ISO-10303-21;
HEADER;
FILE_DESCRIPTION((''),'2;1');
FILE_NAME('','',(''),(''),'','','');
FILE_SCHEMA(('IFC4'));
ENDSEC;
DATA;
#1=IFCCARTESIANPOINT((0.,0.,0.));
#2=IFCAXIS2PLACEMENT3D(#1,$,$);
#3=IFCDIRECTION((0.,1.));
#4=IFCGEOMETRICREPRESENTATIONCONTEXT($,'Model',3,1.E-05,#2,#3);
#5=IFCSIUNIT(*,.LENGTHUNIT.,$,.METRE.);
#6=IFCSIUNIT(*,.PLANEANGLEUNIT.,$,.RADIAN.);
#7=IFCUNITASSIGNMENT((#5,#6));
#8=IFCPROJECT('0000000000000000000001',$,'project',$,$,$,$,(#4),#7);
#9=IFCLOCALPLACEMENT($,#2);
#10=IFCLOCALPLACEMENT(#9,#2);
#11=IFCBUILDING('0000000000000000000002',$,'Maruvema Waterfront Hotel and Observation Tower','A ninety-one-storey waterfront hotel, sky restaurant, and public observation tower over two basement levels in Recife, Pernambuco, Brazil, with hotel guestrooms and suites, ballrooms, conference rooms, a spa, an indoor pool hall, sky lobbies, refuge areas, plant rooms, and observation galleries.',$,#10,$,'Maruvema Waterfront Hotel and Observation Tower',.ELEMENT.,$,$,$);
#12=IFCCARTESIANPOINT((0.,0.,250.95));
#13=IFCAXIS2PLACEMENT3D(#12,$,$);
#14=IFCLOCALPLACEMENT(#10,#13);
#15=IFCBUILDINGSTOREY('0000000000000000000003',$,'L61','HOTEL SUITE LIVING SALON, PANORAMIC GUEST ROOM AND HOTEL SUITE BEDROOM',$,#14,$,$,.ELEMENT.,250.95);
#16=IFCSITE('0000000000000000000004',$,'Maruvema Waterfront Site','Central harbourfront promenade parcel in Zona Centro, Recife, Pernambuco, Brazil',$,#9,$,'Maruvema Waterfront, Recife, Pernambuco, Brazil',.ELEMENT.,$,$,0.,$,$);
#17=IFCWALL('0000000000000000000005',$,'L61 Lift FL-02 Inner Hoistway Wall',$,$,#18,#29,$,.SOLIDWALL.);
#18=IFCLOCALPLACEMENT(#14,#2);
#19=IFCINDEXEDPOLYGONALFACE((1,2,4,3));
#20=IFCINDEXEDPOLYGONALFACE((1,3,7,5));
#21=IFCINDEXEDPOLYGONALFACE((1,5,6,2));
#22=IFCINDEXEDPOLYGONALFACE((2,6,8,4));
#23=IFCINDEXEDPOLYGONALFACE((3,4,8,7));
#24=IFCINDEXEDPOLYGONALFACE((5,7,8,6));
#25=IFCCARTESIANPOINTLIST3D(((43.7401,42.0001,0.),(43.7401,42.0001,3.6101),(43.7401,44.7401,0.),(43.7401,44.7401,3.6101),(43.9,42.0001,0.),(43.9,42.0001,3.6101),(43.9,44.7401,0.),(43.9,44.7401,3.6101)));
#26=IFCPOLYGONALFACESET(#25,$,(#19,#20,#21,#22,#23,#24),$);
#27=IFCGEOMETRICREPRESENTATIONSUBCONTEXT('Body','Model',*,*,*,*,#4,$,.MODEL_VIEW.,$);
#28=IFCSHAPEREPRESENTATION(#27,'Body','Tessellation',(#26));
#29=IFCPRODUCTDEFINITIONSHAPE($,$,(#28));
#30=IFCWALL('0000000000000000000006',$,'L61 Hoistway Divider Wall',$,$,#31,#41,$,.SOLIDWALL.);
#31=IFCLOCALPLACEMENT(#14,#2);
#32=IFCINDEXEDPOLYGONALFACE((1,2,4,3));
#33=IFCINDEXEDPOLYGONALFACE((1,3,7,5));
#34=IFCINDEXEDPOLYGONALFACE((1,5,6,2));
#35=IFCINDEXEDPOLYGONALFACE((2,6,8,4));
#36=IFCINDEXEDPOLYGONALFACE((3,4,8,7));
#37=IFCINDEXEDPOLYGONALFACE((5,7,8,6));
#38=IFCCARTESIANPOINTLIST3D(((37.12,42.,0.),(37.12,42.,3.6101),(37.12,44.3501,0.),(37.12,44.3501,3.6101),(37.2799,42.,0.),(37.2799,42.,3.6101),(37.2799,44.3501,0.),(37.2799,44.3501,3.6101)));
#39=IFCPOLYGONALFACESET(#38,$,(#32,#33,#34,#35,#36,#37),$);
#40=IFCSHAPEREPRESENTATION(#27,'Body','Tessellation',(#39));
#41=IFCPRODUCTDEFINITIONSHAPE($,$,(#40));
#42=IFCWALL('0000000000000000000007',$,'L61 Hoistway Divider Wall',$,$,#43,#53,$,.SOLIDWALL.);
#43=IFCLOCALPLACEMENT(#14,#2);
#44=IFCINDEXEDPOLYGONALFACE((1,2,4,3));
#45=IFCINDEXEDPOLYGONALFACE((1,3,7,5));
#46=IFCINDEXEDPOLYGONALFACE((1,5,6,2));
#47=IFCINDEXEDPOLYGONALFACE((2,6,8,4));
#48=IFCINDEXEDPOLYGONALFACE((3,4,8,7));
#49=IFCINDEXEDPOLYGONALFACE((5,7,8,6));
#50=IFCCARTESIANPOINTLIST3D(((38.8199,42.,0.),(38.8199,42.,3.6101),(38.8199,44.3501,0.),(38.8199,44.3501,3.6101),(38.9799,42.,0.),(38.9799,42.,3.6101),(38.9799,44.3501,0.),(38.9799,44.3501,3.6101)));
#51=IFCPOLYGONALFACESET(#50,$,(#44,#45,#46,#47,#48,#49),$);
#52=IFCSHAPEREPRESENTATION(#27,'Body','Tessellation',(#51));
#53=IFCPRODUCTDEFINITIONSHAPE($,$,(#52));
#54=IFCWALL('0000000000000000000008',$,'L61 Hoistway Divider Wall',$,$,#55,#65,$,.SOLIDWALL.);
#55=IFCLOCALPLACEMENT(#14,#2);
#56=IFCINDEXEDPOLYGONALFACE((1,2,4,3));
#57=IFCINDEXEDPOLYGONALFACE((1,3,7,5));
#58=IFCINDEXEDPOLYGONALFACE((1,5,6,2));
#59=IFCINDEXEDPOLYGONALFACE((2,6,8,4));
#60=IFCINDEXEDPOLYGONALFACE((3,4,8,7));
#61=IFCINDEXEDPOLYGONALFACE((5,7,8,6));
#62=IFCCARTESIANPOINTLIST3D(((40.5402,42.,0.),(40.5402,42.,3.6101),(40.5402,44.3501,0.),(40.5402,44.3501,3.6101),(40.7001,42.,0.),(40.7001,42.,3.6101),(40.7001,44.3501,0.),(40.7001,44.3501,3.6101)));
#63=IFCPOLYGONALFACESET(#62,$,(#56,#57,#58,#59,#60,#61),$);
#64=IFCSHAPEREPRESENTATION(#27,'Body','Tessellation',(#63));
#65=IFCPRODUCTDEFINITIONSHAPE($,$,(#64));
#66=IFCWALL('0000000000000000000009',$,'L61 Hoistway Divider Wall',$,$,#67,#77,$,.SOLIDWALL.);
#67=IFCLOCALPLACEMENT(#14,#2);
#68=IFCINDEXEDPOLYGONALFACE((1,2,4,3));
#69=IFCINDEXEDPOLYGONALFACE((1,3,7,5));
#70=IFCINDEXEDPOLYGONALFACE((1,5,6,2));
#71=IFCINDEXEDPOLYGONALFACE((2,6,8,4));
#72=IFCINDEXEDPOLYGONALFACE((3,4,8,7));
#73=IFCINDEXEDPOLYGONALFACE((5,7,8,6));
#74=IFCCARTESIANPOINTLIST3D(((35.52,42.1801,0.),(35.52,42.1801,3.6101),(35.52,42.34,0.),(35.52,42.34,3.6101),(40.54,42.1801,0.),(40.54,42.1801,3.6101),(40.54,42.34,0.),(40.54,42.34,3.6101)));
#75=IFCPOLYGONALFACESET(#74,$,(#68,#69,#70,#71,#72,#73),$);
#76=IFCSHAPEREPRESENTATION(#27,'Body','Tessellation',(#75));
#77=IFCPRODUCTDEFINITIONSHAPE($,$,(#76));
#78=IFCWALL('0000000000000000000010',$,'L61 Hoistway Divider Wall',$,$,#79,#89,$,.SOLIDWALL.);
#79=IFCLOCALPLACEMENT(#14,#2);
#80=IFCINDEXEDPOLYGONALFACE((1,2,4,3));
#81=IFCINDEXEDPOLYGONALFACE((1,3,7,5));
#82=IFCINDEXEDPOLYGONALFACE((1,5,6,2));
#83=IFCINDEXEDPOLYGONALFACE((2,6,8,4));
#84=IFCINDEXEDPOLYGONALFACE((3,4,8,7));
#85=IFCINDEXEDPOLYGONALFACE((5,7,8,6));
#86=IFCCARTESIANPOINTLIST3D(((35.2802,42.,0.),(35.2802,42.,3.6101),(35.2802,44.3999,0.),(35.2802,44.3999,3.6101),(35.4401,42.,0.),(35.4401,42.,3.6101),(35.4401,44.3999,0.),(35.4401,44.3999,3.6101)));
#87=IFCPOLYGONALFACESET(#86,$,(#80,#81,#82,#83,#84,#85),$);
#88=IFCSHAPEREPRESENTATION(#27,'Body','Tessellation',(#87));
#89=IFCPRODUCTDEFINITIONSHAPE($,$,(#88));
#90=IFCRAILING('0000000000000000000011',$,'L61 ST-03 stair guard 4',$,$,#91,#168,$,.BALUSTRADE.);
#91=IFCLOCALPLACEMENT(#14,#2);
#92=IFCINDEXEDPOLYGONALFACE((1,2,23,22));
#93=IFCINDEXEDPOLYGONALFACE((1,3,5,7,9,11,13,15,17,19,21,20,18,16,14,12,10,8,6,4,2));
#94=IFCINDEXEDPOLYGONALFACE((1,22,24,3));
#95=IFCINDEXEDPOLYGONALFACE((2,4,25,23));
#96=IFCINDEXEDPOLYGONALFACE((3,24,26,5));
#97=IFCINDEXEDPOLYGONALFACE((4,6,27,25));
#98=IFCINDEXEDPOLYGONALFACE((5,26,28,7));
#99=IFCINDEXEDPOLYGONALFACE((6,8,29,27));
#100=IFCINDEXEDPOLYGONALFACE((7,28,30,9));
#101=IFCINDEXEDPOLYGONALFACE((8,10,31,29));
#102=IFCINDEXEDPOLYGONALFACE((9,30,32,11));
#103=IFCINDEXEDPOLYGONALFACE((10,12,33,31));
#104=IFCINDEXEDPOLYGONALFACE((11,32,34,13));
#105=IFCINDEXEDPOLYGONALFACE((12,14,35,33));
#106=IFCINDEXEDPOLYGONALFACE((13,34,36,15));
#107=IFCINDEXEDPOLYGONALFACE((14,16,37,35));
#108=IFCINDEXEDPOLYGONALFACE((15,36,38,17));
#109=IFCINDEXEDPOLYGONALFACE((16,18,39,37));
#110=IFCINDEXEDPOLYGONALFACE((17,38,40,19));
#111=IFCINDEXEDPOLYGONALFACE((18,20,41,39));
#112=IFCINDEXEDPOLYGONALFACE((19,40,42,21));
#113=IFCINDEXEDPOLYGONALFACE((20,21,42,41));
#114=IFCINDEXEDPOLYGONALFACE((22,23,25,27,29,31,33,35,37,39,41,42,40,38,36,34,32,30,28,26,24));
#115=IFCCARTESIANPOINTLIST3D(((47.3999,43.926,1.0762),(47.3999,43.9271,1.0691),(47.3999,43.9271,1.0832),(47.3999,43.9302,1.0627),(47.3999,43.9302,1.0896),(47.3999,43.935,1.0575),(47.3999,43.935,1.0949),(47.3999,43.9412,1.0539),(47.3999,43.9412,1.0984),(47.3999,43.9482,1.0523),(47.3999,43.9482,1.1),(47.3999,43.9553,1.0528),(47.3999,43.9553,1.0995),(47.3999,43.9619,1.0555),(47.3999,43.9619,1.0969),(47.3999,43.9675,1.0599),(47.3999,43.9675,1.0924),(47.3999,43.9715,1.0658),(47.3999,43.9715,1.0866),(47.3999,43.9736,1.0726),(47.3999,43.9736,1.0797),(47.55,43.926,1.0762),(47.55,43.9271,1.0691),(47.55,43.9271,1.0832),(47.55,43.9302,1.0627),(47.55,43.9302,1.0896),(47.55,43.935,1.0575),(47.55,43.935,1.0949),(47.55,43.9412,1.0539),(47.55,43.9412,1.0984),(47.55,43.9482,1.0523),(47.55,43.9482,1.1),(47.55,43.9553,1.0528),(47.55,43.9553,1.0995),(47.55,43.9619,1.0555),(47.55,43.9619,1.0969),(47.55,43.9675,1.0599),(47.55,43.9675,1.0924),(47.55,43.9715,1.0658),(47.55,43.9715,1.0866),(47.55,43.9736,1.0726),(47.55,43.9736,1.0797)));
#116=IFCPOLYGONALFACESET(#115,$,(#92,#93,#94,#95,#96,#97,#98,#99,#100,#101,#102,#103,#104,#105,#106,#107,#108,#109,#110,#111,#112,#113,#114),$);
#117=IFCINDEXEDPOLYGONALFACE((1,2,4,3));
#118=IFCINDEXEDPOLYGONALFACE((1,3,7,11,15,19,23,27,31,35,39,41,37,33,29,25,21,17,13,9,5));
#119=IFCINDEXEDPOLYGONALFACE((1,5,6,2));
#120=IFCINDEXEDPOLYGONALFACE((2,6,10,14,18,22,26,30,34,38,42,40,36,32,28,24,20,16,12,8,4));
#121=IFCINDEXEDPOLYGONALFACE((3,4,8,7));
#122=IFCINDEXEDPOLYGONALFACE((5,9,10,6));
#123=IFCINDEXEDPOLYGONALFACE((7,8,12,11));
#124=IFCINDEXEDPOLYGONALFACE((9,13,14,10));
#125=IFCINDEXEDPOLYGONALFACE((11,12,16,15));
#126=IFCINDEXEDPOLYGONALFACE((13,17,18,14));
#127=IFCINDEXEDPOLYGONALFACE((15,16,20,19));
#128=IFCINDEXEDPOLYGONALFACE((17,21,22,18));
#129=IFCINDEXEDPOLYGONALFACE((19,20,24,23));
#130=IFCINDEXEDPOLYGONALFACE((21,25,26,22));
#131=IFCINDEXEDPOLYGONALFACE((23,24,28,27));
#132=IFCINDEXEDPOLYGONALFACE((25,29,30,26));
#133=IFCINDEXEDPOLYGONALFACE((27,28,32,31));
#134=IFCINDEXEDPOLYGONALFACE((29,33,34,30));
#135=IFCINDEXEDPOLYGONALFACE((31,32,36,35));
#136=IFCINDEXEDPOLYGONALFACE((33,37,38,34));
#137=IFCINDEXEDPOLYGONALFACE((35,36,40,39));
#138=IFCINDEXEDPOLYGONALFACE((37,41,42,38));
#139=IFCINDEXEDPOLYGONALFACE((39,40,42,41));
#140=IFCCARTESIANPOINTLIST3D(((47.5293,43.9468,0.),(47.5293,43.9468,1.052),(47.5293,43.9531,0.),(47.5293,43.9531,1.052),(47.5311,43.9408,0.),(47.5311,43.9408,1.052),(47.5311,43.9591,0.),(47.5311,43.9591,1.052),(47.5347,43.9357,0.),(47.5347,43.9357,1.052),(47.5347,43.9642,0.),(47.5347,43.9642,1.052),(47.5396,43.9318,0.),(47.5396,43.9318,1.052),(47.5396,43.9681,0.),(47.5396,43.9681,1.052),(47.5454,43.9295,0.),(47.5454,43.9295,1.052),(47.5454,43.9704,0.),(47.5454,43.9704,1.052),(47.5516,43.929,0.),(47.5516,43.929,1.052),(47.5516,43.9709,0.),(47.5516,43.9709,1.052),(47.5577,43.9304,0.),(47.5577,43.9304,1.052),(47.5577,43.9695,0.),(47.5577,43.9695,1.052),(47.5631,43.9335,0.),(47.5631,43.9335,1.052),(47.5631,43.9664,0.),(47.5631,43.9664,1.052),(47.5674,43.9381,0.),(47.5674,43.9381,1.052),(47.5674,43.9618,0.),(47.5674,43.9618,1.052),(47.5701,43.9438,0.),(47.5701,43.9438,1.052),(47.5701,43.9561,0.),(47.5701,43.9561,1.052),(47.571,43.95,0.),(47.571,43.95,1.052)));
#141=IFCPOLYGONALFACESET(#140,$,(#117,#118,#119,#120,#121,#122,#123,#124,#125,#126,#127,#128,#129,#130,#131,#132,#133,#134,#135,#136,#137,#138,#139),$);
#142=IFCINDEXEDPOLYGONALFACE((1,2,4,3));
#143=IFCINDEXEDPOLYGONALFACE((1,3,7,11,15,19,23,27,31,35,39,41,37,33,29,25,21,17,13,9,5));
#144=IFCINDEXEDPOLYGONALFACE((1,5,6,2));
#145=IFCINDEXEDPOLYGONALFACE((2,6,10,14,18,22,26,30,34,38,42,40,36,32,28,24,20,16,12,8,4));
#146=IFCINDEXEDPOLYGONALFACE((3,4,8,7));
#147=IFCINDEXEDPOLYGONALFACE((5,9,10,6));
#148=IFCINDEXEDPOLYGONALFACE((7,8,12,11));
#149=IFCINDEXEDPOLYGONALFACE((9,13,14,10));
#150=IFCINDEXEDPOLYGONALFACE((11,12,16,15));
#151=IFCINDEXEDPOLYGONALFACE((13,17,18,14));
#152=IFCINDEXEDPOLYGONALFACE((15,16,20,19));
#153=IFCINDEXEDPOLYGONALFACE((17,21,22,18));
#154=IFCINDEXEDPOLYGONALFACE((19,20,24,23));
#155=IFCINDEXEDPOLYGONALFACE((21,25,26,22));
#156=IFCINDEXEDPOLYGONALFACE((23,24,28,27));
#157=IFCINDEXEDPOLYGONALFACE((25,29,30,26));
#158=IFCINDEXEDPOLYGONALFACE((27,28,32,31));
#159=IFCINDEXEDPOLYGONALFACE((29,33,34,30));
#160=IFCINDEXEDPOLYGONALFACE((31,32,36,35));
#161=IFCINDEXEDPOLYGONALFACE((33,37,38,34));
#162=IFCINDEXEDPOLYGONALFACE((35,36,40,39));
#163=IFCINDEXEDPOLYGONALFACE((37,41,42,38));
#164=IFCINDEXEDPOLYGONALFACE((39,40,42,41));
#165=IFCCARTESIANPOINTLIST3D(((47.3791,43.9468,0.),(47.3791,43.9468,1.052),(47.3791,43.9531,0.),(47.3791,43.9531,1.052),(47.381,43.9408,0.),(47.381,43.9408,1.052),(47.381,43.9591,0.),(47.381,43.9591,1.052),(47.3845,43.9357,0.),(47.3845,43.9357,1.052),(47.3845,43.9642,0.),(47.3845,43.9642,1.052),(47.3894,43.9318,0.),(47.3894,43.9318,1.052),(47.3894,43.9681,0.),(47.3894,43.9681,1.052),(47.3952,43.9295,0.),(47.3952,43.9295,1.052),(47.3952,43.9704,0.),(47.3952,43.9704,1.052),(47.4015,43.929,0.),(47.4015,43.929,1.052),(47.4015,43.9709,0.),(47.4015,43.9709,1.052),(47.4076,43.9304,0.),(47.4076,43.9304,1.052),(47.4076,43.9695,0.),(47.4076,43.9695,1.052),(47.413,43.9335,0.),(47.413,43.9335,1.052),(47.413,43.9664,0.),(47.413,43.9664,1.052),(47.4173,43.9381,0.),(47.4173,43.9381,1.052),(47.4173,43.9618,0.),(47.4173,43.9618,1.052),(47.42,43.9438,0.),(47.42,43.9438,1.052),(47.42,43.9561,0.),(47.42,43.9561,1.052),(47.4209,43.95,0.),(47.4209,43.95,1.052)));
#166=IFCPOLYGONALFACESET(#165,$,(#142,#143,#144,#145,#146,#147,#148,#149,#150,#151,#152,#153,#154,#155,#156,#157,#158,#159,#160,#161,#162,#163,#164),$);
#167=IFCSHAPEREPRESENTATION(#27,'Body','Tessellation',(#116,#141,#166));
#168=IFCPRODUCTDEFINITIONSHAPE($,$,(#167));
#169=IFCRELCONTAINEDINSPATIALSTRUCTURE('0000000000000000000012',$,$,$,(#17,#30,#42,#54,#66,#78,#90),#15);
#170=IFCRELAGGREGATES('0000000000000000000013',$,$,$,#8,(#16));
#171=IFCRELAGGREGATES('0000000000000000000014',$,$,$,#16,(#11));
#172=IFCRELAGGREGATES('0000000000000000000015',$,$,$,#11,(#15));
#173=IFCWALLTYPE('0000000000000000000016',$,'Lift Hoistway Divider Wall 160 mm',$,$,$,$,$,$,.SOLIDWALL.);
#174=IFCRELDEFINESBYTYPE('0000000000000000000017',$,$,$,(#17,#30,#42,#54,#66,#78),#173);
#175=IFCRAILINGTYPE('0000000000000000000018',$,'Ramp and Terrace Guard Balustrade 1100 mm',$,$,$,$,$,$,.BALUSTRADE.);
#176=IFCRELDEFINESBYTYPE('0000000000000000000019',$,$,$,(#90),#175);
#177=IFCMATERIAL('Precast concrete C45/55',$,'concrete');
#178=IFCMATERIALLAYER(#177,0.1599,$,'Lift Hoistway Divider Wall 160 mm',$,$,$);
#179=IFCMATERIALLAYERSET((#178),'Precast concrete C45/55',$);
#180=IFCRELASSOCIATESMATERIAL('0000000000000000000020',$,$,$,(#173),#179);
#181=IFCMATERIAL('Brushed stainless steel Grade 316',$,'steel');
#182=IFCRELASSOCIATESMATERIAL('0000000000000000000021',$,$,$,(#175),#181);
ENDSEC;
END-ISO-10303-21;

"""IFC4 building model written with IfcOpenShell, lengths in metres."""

from ifc_helpers import new_model, si_unit, direction, frame, frame_2d, origin, origin_2d, place, context, subcontext, project, spatial, rectangle, circle, extrude, material, layer, layer_set, type_object, element, save


model = new_model("IFC4")

# Units and contexts
model_context = context("Model", 3, precision=1e-05, world=origin(), true_north=direction((0.0, 1.0)))
body_context = subcontext(model_context, "Body", "Model", "MODEL_VIEW")
ifc_project = project(units=[si_unit("LENGTHUNIT", "METRE"), si_unit("PLANEANGLEUNIT", "RADIAN")], contexts=[model_context])

# Site, building, storey
site_placement = place(None, origin())
site = spatial("IfcSite", under=ifc_project, at=site_placement, Name="Maruvema Waterfront Site", Description="Central harbourfront promenade parcel in Zona Centro, Recife, Pernambuco, Brazil", LongName="Maruvema Waterfront, Recife, Pernambuco, Brazil", CompositionType="ELEMENT", RefElevation=0.0)
building_placement = place(site_placement, origin())
building = spatial("IfcBuilding", under=site, at=building_placement, Name="Maruvema Waterfront Hotel and Observation Tower", Description="A ninety-one-storey waterfront hotel, sky restaurant, and public observation tower over two basement levels in Recife, Pernambuco, Brazil, with hotel guestrooms and suites, ballrooms, conference rooms, a spa, an indoor pool hall, sky lobbies, refuge areas, plant rooms, and observation galleries.", LongName="Maruvema Waterfront Hotel and Observation Tower", CompositionType="ELEMENT")
storey_placement = place(building_placement, frame((0.0, 0.0, 250.95)))
storey = spatial("IfcBuildingStorey", under=building, at=storey_placement, Name="L61", Description="HOTEL SUITE LIVING SALON, PANORAMIC GUEST ROOM AND HOTEL SUITE BEDROOM", CompositionType="ELEMENT", Elevation=250.95)

# Walls
ifc_material_1 = material(Name="Precast concrete C45/55", Category="concrete")
ifc_layer_1 = layer(ifc_material_1, 0.1599, Name="Lift Hoistway Divider Wall 160 mm")
ifc_layer_set_1 = layer_set([ifc_layer_1], Name="Precast concrete C45/55")
wall_type_1 = type_object("IfcWallType", Name="Lift Hoistway Divider Wall 160 mm", PredefinedType="SOLIDWALL", material=ifc_layer_set_1)
wall_1_placement = place(storey_placement, frame((43.8201, 42.0, 0.0), z_axis=(0.0, 0.0, 1.0), x_axis=(0.0, 1.0, 0.0)))
element("IfcWall", 1, at=wall_1_placement, inside=storey, type_object=wall_type_1, Name="L61 Lift FL-02 Inner Hoistway Wall", PredefinedType="SOLIDWALL", context=body_context, shape_type="SweptSolid", body=[
    extrude(rectangle(XDim=2.74, YDim=0.1599, at=frame_2d((1.3701, 0.0))), origin(), (0.0, 0.0, 1.0), 3.6101),
])
for number, where, z_axis, x_axis, name in (
    (2, (37.2, 42.0, 0.0), (0.0, 0.0, 1.0), (0.0, 1.0, 0.0), "L61 Hoistway Divider Wall"),
    (3, (38.8999, 42.0, 0.0), (0.0, 0.0, 1.0), (0.0, 1.0, 0.0), "L61 Hoistway Divider Wall"),
    (4, (40.6201, 42.0, 0.0), (0.0, 0.0, 1.0), (0.0, 1.0, 0.0), "L61 Hoistway Divider Wall"),
):
    element("IfcWall", number, at=place(storey_placement, frame(where, z_axis=z_axis, x_axis=x_axis)), inside=storey, type_object=wall_type_1, Name=name, PredefinedType="SOLIDWALL", context=body_context, shape_type="SweptSolid", body=[
        extrude(rectangle(XDim=2.3501, YDim=0.1599, at=frame_2d((1.175, 0.0))), origin(), (0.0, 0.0, 1.0), 3.6101),
    ])
wall_2_placement = place(storey_placement, frame((35.52, 42.26, 0.0), z_axis=(0.0, 0.0, 1.0), x_axis=(1.0, 0.0, 0.0)))
element("IfcWall", 5, at=wall_2_placement, inside=storey, type_object=wall_type_1, Name="L61 Hoistway Divider Wall", PredefinedType="SOLIDWALL", context=body_context, shape_type="SweptSolid", body=[
    extrude(rectangle(XDim=5.02, YDim=0.1599, at=frame_2d((2.51, 0.0))), origin(), (0.0, 0.0, 1.0), 3.6101),
])
wall_3_placement = place(storey_placement, frame((35.3601, 42.0, 0.0), z_axis=(0.0, 0.0, 1.0), x_axis=(0.0, 1.0, 0.0)))
element("IfcWall", 6, at=wall_3_placement, inside=storey, type_object=wall_type_1, Name="L61 Hoistway Divider Wall", PredefinedType="SOLIDWALL", context=body_context, shape_type="SweptSolid", body=[
    extrude(rectangle(XDim=2.3999, YDim=0.1599, at=frame_2d((1.2, 0.0))), origin(), (0.0, 0.0, 1.0), 3.6101),
])

# Railing
ifc_material_2 = material(Name="Brushed stainless steel Grade 316", Category="steel")
railing_type = type_object("IfcRailingType", Name="Ramp and Terrace Guard Balustrade 1100 mm", PredefinedType="BALUSTRADE", material=ifc_material_2)
railing_placement = place(storey_placement, frame((47.55, 43.95, 0.0)))
element("IfcRailing", 7, at=railing_placement, inside=storey, type_object=railing_type, Name="L61 ST-03 stair guard 4", PredefinedType="BALUSTRADE", context=body_context, shape_type="SweptSolid", body=[
    extrude(circle(Radius=0.0239, at=origin_2d()), frame((0.0, 0.0, 1.0762), z_axis=(-1.0, 0.0, 0.0), x_axis=(0.0, -1.0, 0.0)), (0.0, 0.0, 1.0), 0.1501),
    extrude(circle(Radius=0.021, at=origin_2d()), origin(), (0.0, 0.0, 1.0), 1.052),
    extrude(circle(Radius=0.021, at=origin_2d()), frame((-0.1501, 0.0, 0.0)), (0.0, 0.0, 1.0), 1.052),
])

save(model, "model.ifc")
